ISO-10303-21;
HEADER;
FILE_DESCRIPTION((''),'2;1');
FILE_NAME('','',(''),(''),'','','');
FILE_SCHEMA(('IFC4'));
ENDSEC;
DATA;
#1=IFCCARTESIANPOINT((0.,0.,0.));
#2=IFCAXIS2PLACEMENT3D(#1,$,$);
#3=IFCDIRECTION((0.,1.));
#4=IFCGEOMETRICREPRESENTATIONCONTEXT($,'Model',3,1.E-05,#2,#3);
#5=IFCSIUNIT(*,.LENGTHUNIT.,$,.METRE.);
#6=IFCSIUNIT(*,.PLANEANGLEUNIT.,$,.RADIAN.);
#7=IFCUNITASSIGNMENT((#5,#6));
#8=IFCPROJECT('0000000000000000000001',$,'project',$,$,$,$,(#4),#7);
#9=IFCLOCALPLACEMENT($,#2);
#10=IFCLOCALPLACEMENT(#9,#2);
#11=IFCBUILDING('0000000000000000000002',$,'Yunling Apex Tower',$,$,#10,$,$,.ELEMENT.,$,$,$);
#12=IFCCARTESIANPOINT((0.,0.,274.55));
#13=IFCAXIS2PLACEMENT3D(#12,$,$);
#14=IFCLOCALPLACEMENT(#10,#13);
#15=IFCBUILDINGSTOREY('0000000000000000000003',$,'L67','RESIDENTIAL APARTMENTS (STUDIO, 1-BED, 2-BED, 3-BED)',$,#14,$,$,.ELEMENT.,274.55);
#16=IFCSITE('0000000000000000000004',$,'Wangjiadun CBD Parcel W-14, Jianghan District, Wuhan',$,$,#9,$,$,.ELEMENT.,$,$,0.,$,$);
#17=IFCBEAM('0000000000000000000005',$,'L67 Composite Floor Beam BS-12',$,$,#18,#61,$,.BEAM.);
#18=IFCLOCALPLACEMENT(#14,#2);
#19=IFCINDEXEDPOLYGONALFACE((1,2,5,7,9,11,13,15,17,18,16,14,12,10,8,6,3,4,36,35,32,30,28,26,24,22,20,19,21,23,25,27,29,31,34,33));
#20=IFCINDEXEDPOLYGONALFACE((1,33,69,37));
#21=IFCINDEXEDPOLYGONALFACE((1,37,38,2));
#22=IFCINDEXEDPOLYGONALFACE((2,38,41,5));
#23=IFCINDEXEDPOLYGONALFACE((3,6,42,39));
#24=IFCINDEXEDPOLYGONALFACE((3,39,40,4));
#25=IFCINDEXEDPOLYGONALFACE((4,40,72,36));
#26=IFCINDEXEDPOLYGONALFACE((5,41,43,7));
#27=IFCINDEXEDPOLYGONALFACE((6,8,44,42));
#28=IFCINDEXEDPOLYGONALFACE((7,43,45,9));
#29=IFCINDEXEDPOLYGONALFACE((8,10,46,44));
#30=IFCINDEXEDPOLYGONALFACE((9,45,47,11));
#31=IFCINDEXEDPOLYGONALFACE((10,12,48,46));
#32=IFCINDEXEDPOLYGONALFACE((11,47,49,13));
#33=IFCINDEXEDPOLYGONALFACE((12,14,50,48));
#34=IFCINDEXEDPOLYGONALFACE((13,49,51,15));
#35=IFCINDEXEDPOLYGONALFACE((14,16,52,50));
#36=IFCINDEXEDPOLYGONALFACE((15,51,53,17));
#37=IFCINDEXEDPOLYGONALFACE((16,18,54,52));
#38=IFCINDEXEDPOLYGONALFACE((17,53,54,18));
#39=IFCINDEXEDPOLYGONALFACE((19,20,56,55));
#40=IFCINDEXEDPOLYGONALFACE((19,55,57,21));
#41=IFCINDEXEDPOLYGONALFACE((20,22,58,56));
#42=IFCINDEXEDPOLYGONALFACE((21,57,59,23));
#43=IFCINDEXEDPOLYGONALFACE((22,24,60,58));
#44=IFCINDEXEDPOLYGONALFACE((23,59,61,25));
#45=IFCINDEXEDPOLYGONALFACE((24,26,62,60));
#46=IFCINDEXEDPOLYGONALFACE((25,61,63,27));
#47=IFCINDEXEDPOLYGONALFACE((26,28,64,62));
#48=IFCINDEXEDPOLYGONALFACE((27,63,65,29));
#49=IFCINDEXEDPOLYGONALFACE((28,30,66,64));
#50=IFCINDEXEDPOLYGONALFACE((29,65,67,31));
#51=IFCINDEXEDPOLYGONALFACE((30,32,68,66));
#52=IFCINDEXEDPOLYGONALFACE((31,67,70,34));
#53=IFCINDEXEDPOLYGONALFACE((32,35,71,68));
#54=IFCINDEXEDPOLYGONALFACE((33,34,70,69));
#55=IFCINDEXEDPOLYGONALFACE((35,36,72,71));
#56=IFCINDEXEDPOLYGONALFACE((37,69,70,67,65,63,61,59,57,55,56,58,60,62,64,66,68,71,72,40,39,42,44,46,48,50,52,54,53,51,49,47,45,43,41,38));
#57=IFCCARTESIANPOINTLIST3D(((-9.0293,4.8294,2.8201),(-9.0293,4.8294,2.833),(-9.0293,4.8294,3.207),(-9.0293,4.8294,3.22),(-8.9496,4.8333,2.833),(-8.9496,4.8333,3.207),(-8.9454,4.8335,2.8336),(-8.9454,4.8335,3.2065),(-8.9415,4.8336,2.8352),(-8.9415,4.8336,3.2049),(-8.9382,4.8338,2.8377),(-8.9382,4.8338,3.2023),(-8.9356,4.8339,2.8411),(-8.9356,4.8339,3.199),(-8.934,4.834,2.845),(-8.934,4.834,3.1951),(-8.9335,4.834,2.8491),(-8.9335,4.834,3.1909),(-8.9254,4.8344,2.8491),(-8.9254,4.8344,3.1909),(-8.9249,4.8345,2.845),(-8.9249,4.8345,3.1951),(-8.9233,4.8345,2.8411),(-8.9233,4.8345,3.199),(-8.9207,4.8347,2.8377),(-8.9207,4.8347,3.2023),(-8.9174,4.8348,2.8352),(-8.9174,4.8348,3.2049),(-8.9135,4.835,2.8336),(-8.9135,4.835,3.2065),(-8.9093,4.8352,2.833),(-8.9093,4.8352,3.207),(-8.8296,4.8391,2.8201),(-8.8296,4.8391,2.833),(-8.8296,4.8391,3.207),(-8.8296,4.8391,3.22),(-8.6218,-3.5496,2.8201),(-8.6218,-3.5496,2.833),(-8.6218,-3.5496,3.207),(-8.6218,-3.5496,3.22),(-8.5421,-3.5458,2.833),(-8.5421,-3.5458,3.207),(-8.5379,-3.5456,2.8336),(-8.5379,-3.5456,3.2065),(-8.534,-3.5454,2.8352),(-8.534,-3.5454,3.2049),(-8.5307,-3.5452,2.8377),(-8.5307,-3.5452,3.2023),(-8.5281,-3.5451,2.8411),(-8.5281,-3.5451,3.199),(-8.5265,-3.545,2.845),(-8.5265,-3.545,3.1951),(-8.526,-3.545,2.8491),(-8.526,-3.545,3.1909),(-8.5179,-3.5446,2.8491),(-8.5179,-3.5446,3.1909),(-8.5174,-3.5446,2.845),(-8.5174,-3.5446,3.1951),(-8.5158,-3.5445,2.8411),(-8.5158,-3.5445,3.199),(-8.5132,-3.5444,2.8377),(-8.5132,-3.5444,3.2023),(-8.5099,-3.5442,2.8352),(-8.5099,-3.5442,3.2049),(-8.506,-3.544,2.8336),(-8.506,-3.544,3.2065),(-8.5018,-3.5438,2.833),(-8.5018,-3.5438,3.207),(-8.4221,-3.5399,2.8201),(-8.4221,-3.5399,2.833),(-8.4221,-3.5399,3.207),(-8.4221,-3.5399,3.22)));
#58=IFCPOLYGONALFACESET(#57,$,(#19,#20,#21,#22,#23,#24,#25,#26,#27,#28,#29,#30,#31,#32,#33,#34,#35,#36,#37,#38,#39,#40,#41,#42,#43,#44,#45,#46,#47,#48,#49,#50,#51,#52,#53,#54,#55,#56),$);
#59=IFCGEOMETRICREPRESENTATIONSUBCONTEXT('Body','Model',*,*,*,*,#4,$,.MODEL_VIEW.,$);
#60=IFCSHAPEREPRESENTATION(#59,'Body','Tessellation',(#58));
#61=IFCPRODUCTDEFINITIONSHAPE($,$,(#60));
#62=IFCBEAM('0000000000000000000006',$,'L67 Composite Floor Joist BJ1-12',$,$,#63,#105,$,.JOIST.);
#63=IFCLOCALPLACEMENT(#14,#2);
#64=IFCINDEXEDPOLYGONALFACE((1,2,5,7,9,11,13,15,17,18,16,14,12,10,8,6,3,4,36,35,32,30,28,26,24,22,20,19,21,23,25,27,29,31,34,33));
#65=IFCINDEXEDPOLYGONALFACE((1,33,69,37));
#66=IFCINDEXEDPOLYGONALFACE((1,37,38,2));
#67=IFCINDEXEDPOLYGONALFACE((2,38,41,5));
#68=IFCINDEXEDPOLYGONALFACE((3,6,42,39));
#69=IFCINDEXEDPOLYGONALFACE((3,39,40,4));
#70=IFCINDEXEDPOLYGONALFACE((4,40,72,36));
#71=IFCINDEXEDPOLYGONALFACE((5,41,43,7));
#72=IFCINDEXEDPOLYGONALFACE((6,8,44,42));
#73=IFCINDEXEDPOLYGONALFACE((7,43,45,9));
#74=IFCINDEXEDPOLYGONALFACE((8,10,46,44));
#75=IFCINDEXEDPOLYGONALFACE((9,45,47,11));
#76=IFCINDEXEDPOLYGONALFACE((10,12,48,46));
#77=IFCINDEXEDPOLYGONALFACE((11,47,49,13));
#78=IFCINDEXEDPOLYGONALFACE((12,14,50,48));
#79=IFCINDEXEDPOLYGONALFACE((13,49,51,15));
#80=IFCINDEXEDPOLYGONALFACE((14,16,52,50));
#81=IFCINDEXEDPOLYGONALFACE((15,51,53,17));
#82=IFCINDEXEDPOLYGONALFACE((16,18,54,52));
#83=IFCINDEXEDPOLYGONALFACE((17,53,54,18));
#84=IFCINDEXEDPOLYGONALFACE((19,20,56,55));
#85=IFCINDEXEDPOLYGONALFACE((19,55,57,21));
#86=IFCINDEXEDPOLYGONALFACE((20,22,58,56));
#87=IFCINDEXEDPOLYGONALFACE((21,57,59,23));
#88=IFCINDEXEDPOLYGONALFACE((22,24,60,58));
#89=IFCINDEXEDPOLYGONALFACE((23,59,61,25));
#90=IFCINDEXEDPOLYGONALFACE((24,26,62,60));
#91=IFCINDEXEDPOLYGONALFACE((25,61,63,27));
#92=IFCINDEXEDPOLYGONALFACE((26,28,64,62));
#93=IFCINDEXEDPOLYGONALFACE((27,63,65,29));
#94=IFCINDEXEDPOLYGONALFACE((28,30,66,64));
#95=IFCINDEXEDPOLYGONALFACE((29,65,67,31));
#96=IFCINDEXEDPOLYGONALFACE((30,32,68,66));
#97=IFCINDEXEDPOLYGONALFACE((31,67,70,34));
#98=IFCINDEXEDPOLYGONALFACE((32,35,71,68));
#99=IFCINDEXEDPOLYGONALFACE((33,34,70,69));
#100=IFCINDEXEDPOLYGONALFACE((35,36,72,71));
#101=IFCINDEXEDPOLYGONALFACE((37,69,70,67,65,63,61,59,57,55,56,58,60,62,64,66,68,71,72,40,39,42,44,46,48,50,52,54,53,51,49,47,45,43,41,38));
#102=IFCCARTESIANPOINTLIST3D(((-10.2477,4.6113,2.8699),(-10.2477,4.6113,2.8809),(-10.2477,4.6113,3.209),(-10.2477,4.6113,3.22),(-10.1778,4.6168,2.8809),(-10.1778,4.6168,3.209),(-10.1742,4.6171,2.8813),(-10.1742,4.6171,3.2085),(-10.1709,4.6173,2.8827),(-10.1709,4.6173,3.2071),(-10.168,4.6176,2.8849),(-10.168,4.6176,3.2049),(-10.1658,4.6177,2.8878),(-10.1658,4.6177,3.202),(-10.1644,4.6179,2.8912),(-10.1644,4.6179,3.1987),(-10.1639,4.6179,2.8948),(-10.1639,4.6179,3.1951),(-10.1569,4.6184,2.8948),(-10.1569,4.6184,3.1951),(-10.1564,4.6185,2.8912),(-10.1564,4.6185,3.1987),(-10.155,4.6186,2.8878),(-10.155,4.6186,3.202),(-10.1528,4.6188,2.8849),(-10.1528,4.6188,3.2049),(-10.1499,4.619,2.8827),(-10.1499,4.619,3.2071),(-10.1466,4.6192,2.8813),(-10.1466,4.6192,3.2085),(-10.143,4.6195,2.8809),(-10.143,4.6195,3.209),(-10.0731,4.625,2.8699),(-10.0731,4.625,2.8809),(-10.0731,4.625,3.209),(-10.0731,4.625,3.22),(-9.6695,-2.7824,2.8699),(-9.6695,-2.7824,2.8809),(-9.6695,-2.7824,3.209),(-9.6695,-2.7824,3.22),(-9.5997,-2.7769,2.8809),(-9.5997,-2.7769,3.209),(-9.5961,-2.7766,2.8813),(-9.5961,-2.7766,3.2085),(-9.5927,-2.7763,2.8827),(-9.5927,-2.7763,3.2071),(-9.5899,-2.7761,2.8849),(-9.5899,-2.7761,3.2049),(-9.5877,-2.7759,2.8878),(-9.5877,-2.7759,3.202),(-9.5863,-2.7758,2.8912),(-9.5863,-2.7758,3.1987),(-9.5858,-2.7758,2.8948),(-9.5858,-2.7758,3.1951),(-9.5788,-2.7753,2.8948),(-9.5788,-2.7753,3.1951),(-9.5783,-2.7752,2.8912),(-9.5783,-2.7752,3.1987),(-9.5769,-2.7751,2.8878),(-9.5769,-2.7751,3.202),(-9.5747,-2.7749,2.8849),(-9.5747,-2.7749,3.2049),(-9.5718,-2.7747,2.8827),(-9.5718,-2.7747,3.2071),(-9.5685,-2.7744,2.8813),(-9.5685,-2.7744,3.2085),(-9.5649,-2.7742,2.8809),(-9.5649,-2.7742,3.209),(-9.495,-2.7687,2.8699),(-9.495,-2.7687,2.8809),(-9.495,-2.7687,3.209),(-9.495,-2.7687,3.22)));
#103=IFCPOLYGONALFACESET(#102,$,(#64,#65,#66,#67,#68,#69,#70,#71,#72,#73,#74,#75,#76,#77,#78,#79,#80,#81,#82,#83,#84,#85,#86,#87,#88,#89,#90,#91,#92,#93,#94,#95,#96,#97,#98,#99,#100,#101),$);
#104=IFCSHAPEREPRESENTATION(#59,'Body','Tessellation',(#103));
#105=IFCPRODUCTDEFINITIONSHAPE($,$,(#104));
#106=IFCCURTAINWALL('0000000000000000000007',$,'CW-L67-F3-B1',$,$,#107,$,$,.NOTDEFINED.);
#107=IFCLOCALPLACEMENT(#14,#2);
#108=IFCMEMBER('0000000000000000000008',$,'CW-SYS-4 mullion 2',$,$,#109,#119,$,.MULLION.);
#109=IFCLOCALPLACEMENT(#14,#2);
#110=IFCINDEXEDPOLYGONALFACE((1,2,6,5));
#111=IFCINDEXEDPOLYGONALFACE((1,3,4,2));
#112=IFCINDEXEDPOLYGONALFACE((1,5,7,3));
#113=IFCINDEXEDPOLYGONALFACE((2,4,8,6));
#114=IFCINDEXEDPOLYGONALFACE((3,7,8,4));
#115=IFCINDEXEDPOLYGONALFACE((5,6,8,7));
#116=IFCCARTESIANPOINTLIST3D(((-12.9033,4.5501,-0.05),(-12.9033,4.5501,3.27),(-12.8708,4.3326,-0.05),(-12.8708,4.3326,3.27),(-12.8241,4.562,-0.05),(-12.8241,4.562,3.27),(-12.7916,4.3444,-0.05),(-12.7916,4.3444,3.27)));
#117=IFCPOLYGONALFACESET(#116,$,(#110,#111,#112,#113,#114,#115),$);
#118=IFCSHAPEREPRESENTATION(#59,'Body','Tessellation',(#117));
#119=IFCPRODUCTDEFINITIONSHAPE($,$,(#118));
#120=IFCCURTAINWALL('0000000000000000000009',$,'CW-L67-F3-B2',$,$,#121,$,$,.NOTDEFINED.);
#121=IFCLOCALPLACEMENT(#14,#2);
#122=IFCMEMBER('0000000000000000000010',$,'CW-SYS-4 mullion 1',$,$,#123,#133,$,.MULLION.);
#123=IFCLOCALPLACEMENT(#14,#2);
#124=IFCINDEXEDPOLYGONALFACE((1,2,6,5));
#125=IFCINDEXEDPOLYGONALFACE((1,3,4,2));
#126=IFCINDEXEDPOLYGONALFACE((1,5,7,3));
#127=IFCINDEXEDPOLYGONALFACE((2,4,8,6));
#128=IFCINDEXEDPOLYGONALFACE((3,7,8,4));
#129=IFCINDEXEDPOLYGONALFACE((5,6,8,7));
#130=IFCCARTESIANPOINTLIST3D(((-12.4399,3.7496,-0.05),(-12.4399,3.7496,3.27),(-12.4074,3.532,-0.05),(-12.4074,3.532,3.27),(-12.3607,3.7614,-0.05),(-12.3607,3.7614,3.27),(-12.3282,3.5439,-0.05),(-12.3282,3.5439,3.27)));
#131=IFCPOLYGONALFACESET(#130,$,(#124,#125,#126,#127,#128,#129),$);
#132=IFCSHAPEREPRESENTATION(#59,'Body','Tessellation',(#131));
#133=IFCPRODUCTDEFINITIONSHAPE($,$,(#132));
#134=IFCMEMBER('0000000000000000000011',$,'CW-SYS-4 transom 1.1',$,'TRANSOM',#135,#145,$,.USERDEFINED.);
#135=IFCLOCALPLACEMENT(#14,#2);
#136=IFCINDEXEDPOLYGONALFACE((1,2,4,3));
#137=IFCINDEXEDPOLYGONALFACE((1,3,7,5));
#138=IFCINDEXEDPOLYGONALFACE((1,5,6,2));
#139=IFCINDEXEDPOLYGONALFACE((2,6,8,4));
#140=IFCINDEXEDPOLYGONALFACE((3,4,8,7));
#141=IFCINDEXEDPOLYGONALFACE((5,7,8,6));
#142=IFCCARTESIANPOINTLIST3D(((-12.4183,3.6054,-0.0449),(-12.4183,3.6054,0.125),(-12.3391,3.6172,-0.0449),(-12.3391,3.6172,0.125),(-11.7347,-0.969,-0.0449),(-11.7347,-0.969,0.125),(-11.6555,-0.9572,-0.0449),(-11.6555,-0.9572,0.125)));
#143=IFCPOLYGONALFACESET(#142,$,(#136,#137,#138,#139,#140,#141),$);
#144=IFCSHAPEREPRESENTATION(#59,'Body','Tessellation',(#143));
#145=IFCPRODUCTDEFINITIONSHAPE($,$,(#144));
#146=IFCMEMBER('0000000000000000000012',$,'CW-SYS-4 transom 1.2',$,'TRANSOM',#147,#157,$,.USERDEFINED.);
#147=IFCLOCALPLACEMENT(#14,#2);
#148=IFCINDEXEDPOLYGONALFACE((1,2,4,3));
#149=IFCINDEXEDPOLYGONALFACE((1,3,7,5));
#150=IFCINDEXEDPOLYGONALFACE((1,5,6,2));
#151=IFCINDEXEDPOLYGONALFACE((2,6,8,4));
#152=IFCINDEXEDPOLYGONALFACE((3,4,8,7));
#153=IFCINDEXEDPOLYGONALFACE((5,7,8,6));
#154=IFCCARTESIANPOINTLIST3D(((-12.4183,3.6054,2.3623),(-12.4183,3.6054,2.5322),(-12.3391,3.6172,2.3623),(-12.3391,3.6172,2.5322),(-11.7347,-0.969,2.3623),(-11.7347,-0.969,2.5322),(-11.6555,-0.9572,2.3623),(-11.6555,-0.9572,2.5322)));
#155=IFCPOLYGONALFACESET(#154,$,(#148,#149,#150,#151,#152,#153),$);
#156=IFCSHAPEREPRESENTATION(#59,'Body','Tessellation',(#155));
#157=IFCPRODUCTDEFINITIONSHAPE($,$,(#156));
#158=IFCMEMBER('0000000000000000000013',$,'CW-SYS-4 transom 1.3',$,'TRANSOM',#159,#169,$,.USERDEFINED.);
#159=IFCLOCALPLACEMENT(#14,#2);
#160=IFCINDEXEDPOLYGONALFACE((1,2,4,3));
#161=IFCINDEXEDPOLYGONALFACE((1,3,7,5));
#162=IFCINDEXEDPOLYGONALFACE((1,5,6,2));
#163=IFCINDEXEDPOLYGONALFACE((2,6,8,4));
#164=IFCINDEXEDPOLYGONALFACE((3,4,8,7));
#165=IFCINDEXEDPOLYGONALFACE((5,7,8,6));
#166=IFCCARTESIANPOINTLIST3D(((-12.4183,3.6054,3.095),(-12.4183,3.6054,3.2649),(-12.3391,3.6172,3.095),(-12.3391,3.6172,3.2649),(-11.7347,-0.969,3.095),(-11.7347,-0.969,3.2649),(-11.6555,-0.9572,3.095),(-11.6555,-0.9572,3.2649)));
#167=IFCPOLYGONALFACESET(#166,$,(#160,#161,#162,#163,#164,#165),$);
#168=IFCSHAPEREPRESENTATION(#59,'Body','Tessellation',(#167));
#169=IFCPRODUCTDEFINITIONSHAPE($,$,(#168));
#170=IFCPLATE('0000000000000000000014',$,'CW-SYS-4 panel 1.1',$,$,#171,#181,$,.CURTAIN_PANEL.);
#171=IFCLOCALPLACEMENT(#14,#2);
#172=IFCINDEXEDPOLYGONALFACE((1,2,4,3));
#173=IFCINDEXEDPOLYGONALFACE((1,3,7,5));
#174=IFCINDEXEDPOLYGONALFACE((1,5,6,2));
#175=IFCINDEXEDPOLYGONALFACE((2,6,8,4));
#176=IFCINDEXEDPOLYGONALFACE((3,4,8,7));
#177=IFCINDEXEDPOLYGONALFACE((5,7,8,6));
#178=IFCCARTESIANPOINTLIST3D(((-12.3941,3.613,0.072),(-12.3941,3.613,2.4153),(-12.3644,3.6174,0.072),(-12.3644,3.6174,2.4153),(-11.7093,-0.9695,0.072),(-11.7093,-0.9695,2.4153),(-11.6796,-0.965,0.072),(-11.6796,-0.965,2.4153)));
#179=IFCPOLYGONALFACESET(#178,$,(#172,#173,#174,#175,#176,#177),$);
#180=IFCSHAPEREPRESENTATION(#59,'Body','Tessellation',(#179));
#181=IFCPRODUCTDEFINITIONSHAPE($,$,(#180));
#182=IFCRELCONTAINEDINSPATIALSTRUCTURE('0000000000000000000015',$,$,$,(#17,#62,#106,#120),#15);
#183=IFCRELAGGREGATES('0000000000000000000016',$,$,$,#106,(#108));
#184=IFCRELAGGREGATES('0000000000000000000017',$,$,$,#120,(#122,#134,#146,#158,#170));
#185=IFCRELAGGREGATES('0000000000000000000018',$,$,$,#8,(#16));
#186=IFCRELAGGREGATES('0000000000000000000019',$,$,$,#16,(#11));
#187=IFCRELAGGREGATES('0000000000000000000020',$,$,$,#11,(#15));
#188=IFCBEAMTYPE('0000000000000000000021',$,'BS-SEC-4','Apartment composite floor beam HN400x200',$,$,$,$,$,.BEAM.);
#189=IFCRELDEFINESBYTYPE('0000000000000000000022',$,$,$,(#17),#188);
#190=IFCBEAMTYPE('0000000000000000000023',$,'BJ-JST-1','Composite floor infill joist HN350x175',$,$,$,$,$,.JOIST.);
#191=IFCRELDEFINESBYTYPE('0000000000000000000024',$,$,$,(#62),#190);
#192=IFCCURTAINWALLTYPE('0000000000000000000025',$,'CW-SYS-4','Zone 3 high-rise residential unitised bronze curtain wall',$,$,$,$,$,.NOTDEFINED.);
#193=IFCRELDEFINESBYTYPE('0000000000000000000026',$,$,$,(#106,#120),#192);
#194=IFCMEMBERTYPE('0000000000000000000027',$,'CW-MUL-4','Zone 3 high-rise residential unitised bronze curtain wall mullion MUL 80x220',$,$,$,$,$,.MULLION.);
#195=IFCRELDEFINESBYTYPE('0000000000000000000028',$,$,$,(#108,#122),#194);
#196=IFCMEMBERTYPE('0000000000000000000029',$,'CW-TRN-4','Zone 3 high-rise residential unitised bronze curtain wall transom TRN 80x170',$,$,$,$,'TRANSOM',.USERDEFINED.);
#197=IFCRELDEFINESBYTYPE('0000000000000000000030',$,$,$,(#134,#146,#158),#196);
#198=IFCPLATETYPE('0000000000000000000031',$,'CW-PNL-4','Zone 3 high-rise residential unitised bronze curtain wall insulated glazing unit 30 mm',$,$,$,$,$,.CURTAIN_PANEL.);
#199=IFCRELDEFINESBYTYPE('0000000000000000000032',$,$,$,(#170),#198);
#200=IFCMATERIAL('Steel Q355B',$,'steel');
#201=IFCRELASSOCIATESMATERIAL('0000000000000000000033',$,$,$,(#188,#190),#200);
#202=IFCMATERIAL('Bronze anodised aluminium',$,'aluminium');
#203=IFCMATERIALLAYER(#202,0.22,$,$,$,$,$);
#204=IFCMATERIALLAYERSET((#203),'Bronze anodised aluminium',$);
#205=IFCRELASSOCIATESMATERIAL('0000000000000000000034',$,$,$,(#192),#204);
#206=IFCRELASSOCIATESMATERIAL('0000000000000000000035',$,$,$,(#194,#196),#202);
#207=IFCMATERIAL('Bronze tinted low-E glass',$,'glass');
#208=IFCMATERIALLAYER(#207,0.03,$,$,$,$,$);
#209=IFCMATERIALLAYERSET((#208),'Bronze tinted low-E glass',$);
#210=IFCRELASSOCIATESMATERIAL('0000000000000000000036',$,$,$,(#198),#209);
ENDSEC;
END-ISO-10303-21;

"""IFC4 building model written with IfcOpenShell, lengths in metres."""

from ifc_helpers import new_model, si_unit, direction, frame, origin, origin_2d, place, context, subcontext, project, spatial, rectangle, i_section, extrude, source, transform, mapped, material, layer, layer_set, material_profile, profile_set, type_object, element, aggregate, save


model = new_model("IFC4")

# Units and contexts
model_context = context("Model", 3, precision=1e-05, world=origin(), true_north=direction((0.0, 1.0)))
body_context = subcontext(model_context, "Body", "Model", "MODEL_VIEW")
ifc_project = project(units=[si_unit("LENGTHUNIT", "METRE"), si_unit("PLANEANGLEUNIT", "RADIAN")], contexts=[model_context])

# Site, building, storey
site_placement = place(None, origin())
site = spatial("IfcSite", under=ifc_project, at=site_placement, Name="Wangjiadun CBD Parcel W-14, Jianghan District, Wuhan", CompositionType="ELEMENT", RefElevation=0.0)
building_placement = place(site_placement, origin())
building = spatial("IfcBuilding", under=site, at=building_placement, Name="Yunling Apex Tower", CompositionType="ELEMENT")
storey_placement = place(building_placement, frame((0.0, 0.0, 274.55)))
storey = spatial("IfcBuildingStorey", under=building, at=storey_placement, Name="L67", Description="RESIDENTIAL APARTMENTS (STUDIO, 1-BED, 2-BED, 3-BED)", CompositionType="ELEMENT", Elevation=274.55)

# Shared definitions
ifc_material_1 = material(Name="Steel Q355B", Category="steel")

# Beams
ifc_material_profile_1 = material_profile(ifc_material_1, i_section(OverallWidth=0.2, OverallDepth=0.3999, WebThickness=0.0081, FlangeThickness=0.0129, FilletRadius=0.0161, at=origin_2d()))
ifc_profile_set_1 = profile_set([ifc_material_profile_1], Name="Steel Q355B")
beam_type_1 = type_object("IfcBeamType", Name="BS-SEC-4", Description="Apartment composite floor beam HN400x200", PredefinedType="BEAM", material=ifc_profile_set_1)
shared_shape_1 = source(origin(), body_context, "Body", "SweptSolid", [
    extrude(i_section(OverallWidth=0.2, OverallDepth=0.3999, WebThickness=0.0081, FlangeThickness=0.0129, FilletRadius=0.0161, at=origin_2d()), origin(), (0.0, 0.0, 1.0), 8.3889),
])
beam_1_placement = place(storey_placement, frame((-8.9294, 4.8342, 3.02), z_axis=(0.048573, -0.99882, 0.0), x_axis=(0.99882, 0.048573, 0.0)))
element("IfcBeam", 1, at=beam_1_placement, inside=storey, type_object=beam_type_1, Name="L67 Composite Floor Beam BS-12", PredefinedType="BEAM", context=body_context, shape_type="MappedRepresentation", body=[
    mapped(shared_shape_1, transform((0.0, 0.0, 0.0), scale=1.0)),
])
ifc_material_profile_2 = material_profile(ifc_material_1, i_section(OverallWidth=0.175, OverallDepth=0.3501, WebThickness=0.0071, FlangeThickness=0.011, FilletRadius=0.0139, at=origin_2d()))
ifc_profile_set_2 = profile_set([ifc_material_profile_2], Name="Steel Q355B")
beam_type_2 = type_object("IfcBeamType", Name="BJ-JST-1", Description="Composite floor infill joist HN350x175", PredefinedType="JOIST", material=ifc_profile_set_2)
shared_shape_2 = source(origin(), body_context, "Body", "SweptSolid", [
    extrude(i_section(OverallWidth=0.175, OverallDepth=0.3501, WebThickness=0.0071, FlangeThickness=0.011, FilletRadius=0.0139, at=origin_2d()), origin(), (0.0, 0.0, 1.0), 7.4163),
])
beam_2_placement = place(storey_placement, frame((-10.1604, 4.6182, 3.0449), z_axis=(0.077953, -0.996957, 0.0), x_axis=(0.996957, 0.077953, 0.0)))
element("IfcBeam", 2, at=beam_2_placement, inside=storey, type_object=beam_type_2, Name="L67 Composite Floor Joist BJ1-12", PredefinedType="JOIST", context=body_context, shape_type="MappedRepresentation", body=[
    mapped(shared_shape_2, transform((0.0, 0.0, 0.0), scale=1.0)),
])

# Curtain wall, member
ifc_material_2 = material(Name="Bronze anodised aluminium", Category="aluminium")
ifc_layer_1 = layer(ifc_material_2, 0.22)
ifc_layer_set_1 = layer_set([ifc_layer_1], Name="Bronze anodised aluminium")
curtain_wall_type = type_object("IfcCurtainWallType", Name="CW-SYS-4", Description="Zone 3 high-rise residential unitised bronze curtain wall", PredefinedType="NOTDEFINED", material=ifc_layer_set_1)
curtain_wall_1_placement = place(storey_placement, origin())
curtain_wall_1 = element("IfcCurtainWall", 3, at=curtain_wall_1_placement, inside=storey, type_object=curtain_wall_type, Name="CW-L67-F3-B1", PredefinedType="NOTDEFINED")
ifc_material_profile_3 = material_profile(ifc_material_2, rectangle(XDim=0.0801, YDim=0.22, at=origin_2d()))
ifc_profile_set_3 = profile_set([ifc_material_profile_3], Name="Bronze anodised aluminium")
member_type_1 = type_object("IfcMemberType", Name="CW-MUL-4", Description="Zone 3 high-rise residential unitised bronze curtain wall mullion MUL 80x220", PredefinedType="MULLION", material=ifc_profile_set_3)
shared_shape_3 = source(origin(), body_context, "Body", "SweptSolid", [
    extrude(rectangle(XDim=0.0801, YDim=0.22, at=origin_2d()), origin(), (0.0, 0.0, 1.0), 3.3201),
])
member_1_placement = place(storey_placement, frame((-12.8474, 4.4473, -0.05), z_axis=(0.0, 0.0, 1.0), x_axis=(0.989016, 0.147807, 0.0)))
member_1 = element("IfcMember", 4, at=member_1_placement, type_object=member_type_1, Name="CW-SYS-4 mullion 2", PredefinedType="MULLION", context=body_context, shape_type="MappedRepresentation", body=[
    mapped(shared_shape_3, transform((0.0, 0.0, 0.0), scale=1.0)),
])
aggregate(curtain_wall_1, [member_1])

# Curtain wall, members, plate
curtain_wall_2_placement = place(storey_placement, origin())
curtain_wall_2 = element("IfcCurtainWall", 5, at=curtain_wall_2_placement, inside=storey, type_object=curtain_wall_type, Name="CW-L67-F3-B2", PredefinedType="NOTDEFINED")
member_2_placement = place(storey_placement, frame((-12.384, 3.6467, -0.05), z_axis=(0.0, 0.0, 1.0), x_axis=(0.989017, 0.147804, 0.0)))
member_2 = element("IfcMember", 6, at=member_2_placement, type_object=member_type_1, Name="CW-SYS-4 mullion 1", PredefinedType="MULLION", context=body_context, shape_type="MappedRepresentation", body=[
    mapped(shared_shape_3, transform((0.0, 0.0, 0.0), scale=1.0)),
])
ifc_material_profile_4 = material_profile(ifc_material_2, rectangle(XDim=0.0801, YDim=0.1699, at=origin_2d()))
ifc_profile_set_4 = profile_set([ifc_material_profile_4], Name="Bronze anodised aluminium")
member_type_2 = type_object("IfcMemberType", Name="CW-TRN-4", Description="Zone 3 high-rise residential unitised bronze curtain wall transom TRN 80x170", ElementType="TRANSOM", PredefinedType="USERDEFINED", material=ifc_profile_set_4)
shared_shape_4 = source(origin(), body_context, "Body", "SweptSolid", [
    extrude(rectangle(XDim=0.0801, YDim=0.1699, at=origin_2d()), origin(), (0.0, 0.0, 1.0), 4.6252),
])
member_3_placement = place(storey_placement, frame((-12.3787, 3.6113, 0.04), z_axis=(0.147796, -0.989018, 0.0), x_axis=(0.989018, 0.147796, 0.0)))
member_3 = element("IfcMember", 7, at=member_3_placement, type_object=member_type_2, Name="CW-SYS-4 transom 1.1", ObjectType="TRANSOM", PredefinedType="USERDEFINED", context=body_context, shape_type="MappedRepresentation", body=[
    mapped(shared_shape_4, transform((0.0, 0.0, 0.0), scale=1.0)),
])
member_4_placement = place(storey_placement, frame((-12.3787, 3.6113, 2.4473), z_axis=(0.147796, -0.989018, 0.0), x_axis=(0.989018, 0.147796, 0.0)))
member_4 = element("IfcMember", 8, at=member_4_placement, type_object=member_type_2, Name="CW-SYS-4 transom 1.2", ObjectType="TRANSOM", PredefinedType="USERDEFINED", context=body_context, shape_type="MappedRepresentation", body=[
    mapped(shared_shape_4, transform((0.0, 0.0, 0.0), scale=1.0)),
])
member_5_placement = place(storey_placement, frame((-12.3787, 3.6113, 3.1799), z_axis=(0.147796, -0.989018, 0.0), x_axis=(0.989018, 0.147796, 0.0)))
member_5 = element("IfcMember", 9, at=member_5_placement, type_object=member_type_2, Name="CW-SYS-4 transom 1.3", ObjectType="TRANSOM", PredefinedType="USERDEFINED", context=body_context, shape_type="MappedRepresentation", body=[
    mapped(shared_shape_4, transform((0.0, 0.0, 0.0), scale=1.0)),
])
ifc_material_3 = material(Name="Bronze tinted low-E glass", Category="glass")
ifc_layer_2 = layer(ifc_material_3, 0.03)
ifc_layer_set_2 = layer_set([ifc_layer_2], Name="Bronze tinted low-E glass")
plate_type = type_object("IfcPlateType", Name="CW-PNL-4", Description="Zone 3 high-rise residential unitised bronze curtain wall insulated glazing unit 30 mm", PredefinedType="CURTAIN_PANEL", material=ifc_layer_set_2)
shared_shape_5 = source(origin(), body_context, "Body", "SweptSolid", [
    extrude(rectangle(XDim=4.6333, YDim=0.03, at=origin_2d()), origin(), (0.0, 0.0, 1.0), 2.3433),
])
plate_1_placement = place(storey_placement, frame((-12.0369, 1.324, 0.072), z_axis=(0.0, 0.0, 1.0), x_axis=(0.147804, -0.989017, 0.0)))
plate_1 = element("IfcPlate", 10, at=plate_1_placement, type_object=plate_type, Name="CW-SYS-4 panel 1.1", PredefinedType="CURTAIN_PANEL", context=body_context, shape_type="MappedRepresentation", body=[
    mapped(shared_shape_5, transform((0.0, 0.0, 0.0), scale=1.0)),
])
aggregate(curtain_wall_2, [member_2, member_3, member_4, member_5, plate_1])

save(model, "model.ifc")
